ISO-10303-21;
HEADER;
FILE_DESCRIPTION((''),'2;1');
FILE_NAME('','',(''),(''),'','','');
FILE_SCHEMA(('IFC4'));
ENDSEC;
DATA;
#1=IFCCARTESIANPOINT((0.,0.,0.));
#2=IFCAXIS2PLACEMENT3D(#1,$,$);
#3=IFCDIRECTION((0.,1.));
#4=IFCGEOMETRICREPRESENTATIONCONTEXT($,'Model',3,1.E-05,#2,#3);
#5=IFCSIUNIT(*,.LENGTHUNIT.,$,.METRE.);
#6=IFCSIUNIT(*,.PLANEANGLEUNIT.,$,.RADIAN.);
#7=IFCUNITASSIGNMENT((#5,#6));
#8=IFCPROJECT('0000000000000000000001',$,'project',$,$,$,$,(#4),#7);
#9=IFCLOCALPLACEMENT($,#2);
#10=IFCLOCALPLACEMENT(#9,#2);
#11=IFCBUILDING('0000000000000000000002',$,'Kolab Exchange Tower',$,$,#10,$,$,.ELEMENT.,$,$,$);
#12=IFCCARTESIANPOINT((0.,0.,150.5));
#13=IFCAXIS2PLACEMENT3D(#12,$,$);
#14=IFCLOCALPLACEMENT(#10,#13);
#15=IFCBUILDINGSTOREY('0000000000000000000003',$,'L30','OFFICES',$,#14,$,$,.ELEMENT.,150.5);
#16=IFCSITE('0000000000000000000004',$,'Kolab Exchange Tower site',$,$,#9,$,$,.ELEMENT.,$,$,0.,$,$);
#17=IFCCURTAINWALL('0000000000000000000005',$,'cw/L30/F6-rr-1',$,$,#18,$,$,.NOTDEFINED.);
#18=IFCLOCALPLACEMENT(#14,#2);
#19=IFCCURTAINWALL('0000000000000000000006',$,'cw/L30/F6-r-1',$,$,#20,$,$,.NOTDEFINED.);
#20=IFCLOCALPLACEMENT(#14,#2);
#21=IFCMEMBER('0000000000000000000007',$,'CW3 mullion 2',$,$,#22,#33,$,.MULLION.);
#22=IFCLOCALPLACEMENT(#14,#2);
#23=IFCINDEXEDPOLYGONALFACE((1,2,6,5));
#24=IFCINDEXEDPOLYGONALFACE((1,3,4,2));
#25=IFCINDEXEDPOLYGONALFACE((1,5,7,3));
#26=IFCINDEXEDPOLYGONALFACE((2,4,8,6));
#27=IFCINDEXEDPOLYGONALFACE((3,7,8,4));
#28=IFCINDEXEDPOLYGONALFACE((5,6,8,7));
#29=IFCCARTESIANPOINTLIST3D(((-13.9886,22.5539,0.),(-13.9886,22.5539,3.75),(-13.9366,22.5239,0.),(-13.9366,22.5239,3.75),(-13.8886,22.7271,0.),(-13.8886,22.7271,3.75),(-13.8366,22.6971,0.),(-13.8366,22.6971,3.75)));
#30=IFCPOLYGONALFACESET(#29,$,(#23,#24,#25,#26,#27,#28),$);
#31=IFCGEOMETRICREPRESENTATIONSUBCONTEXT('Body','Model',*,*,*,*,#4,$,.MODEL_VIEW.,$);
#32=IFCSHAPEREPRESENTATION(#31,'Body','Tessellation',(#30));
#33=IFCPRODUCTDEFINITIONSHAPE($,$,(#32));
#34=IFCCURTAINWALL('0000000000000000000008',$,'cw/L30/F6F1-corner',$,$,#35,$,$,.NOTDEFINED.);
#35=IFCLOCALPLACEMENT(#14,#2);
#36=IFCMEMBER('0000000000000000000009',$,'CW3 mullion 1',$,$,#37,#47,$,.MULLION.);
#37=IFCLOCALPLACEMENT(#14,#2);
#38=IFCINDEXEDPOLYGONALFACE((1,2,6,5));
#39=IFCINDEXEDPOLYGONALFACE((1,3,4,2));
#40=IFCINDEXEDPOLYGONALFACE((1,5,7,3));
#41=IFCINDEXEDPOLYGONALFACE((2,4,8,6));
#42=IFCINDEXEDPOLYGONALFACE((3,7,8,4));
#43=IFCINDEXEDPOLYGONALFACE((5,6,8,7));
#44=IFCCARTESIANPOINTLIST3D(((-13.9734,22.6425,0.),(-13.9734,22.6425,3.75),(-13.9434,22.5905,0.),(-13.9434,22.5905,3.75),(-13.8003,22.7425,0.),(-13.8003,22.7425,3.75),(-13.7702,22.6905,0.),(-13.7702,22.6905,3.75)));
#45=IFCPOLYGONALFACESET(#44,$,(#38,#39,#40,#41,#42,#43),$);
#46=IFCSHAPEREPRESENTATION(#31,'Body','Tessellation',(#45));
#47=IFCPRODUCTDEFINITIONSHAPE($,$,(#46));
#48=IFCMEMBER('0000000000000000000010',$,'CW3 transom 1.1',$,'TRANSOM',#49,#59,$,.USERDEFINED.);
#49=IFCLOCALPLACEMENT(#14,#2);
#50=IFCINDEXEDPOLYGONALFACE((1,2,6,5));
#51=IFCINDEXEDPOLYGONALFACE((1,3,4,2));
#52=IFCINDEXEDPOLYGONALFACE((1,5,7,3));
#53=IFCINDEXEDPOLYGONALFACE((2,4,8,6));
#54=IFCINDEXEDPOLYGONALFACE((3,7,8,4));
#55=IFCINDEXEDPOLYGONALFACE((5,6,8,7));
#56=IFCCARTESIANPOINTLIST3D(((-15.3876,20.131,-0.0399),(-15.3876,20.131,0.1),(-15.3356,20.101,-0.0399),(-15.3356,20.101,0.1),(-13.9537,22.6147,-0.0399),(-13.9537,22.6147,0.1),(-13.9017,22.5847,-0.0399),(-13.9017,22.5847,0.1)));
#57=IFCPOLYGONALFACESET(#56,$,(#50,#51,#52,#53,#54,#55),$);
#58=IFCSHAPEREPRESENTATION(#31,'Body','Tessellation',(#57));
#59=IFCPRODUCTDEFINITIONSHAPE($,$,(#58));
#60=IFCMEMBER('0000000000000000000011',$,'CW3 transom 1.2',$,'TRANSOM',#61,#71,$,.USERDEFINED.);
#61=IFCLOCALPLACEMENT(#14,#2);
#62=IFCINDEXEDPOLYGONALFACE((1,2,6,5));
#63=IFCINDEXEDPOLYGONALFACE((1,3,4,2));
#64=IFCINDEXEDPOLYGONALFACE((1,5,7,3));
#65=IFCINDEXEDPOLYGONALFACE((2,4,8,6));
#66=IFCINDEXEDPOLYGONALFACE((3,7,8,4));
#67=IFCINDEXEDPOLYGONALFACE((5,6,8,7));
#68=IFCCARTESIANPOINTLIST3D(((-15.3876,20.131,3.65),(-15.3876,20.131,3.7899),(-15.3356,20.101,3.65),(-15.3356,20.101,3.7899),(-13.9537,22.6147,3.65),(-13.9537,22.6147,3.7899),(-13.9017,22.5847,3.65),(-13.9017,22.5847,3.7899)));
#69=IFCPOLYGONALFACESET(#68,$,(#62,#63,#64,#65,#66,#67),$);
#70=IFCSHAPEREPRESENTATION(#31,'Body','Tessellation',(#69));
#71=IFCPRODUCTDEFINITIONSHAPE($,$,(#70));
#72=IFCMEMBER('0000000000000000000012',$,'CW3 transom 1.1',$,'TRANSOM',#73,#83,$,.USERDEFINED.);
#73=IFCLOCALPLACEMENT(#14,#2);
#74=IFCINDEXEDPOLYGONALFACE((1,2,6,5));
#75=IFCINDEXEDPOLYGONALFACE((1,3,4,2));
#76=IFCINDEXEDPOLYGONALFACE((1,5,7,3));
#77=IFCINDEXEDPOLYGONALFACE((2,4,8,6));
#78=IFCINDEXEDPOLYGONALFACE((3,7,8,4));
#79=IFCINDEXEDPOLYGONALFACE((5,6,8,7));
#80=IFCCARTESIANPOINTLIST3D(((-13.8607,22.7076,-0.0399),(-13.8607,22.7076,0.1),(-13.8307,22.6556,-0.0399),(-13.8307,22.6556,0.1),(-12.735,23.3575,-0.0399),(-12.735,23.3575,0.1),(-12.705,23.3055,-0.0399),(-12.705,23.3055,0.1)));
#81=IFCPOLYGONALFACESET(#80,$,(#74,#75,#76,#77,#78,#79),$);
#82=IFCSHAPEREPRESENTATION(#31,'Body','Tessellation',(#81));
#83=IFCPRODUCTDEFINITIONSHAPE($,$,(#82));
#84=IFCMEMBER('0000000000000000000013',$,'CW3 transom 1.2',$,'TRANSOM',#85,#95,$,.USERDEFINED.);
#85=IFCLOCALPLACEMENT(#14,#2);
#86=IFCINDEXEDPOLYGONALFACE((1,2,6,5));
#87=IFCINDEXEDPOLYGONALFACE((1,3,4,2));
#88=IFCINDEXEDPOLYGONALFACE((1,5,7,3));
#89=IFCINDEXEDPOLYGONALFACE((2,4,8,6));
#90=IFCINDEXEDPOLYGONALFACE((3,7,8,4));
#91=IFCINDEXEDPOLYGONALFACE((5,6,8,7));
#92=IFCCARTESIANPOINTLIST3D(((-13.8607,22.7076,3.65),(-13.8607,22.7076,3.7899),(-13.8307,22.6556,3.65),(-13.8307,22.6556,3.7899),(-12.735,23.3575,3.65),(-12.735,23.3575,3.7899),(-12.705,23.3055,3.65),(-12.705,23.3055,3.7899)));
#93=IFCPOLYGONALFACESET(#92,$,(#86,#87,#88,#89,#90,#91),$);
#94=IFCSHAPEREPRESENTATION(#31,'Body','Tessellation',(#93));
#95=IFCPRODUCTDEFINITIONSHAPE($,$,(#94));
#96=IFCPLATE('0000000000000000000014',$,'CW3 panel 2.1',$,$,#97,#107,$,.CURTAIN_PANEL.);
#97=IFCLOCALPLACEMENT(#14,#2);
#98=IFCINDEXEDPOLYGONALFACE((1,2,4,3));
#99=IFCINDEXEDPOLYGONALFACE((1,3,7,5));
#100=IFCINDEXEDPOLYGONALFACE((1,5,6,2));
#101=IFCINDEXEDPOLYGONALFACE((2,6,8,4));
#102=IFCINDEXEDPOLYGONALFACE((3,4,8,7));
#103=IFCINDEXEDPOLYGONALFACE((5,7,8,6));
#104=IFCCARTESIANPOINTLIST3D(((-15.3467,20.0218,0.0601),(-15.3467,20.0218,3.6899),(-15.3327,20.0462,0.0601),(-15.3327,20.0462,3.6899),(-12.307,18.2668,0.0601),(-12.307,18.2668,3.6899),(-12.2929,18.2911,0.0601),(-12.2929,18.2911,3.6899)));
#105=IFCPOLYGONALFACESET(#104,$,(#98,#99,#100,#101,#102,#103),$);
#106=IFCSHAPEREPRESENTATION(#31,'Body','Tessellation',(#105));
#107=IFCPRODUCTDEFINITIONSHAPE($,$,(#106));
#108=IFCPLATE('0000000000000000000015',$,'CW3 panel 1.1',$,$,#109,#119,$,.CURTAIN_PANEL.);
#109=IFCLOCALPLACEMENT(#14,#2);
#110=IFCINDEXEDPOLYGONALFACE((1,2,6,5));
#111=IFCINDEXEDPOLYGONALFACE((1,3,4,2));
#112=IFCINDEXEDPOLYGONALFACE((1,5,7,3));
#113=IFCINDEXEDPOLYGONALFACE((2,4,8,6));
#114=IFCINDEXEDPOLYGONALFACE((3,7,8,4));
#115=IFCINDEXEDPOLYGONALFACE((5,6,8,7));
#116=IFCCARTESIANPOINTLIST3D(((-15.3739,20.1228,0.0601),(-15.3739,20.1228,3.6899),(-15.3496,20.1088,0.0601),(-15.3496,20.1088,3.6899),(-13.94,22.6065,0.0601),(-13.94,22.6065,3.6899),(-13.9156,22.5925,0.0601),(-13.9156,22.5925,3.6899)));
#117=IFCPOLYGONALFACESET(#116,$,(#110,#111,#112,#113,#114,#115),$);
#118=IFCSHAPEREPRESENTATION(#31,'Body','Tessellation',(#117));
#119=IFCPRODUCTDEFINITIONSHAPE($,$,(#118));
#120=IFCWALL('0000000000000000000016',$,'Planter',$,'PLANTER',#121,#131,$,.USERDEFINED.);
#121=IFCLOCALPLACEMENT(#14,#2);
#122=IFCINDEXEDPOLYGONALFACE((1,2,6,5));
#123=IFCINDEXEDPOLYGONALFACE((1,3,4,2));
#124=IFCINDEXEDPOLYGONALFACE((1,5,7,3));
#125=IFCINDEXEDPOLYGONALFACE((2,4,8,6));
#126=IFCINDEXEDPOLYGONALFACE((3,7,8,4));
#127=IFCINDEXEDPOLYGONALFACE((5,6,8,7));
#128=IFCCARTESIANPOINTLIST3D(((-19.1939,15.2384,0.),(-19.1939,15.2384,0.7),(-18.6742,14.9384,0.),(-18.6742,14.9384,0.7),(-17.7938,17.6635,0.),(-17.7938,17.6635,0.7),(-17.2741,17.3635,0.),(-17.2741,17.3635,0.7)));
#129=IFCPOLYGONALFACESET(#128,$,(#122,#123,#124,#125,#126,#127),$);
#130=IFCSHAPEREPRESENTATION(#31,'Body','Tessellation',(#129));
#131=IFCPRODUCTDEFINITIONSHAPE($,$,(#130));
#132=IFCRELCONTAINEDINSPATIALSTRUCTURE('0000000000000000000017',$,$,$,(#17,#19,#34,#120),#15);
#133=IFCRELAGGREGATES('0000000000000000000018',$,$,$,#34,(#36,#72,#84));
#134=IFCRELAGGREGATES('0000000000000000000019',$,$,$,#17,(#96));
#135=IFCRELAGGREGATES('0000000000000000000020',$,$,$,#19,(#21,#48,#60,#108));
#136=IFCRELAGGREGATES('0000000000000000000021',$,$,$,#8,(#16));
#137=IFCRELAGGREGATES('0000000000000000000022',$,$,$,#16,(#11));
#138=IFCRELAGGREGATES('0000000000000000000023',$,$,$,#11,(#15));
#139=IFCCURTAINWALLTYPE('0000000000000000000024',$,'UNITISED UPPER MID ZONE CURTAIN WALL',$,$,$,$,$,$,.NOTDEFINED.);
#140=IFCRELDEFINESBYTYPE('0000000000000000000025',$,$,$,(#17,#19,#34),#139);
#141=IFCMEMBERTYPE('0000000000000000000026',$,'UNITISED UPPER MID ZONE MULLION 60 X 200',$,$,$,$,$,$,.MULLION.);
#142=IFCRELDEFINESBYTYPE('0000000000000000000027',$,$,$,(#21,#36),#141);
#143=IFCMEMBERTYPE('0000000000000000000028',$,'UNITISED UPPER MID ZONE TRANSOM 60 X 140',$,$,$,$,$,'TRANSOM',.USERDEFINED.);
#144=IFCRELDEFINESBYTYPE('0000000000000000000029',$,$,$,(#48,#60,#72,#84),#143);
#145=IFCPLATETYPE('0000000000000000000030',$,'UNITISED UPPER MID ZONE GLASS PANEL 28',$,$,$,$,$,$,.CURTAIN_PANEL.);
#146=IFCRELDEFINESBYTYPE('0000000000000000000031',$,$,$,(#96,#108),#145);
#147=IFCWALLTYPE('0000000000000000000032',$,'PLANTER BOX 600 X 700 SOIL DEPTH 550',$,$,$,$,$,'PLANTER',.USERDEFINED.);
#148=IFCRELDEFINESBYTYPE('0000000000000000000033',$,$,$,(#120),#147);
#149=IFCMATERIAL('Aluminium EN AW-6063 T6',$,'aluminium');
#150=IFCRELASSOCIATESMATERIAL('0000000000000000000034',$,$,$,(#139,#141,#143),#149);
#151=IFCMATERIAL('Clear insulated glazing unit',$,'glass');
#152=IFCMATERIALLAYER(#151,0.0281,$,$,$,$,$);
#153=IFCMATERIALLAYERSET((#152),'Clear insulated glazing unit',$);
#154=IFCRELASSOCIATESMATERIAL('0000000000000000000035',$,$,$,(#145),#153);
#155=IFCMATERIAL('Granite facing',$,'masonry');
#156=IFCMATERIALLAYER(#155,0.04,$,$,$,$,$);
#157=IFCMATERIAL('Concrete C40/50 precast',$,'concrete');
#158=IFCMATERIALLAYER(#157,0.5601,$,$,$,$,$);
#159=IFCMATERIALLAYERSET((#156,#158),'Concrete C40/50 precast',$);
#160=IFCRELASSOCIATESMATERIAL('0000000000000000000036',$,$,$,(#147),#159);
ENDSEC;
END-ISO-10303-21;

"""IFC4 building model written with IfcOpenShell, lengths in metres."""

from ifc_helpers import new_model, si_unit, direction, frame, frame_2d, origin, origin_2d, place, context, subcontext, project, spatial, rectangle, extrude, material, layer, layer_set, material_profile, profile_set, type_object, element, aggregate, save


model = new_model("IFC4")

# Units and contexts
model_context = context("Model", 3, precision=1e-05, world=origin(), true_north=direction((0.0, 1.0)))
body_context = subcontext(model_context, "Body", "Model", "MODEL_VIEW")
ifc_project = project(units=[si_unit("LENGTHUNIT", "METRE"), si_unit("PLANEANGLEUNIT", "RADIAN")], contexts=[model_context])

# Site, building, storey
site_placement = place(None, origin())
site = spatial("IfcSite", under=ifc_project, at=site_placement, Name="Kolab Exchange Tower site", CompositionType="ELEMENT", RefElevation=0.0)
building_placement = place(site_placement, origin())
building = spatial("IfcBuilding", under=site, at=building_placement, Name="Kolab Exchange Tower", CompositionType="ELEMENT")
storey_placement = place(building_placement, frame((0.0, 0.0, 150.5)))
storey = spatial("IfcBuildingStorey", under=building, at=storey_placement, Name="L30", Description="OFFICES", CompositionType="ELEMENT", Elevation=150.5)

# Curtain wall
ifc_material_1 = material(Name="Aluminium EN AW-6063 T6", Category="aluminium")
curtain_wall_type = type_object("IfcCurtainWallType", Name="UNITISED UPPER MID ZONE CURTAIN WALL", PredefinedType="NOTDEFINED", material=ifc_material_1)
curtain_wall_1_placement = place(storey_placement, origin())
curtain_wall_1 = element("IfcCurtainWall", 1, at=curtain_wall_1_placement, inside=storey, type_object=curtain_wall_type, Name="cw/L30/F6-rr-1", PredefinedType="NOTDEFINED")
ifc_material_profile_1 = material_profile(ifc_material_1, rectangle(XDim=0.0601, YDim=0.2, at=origin_2d()), Name="RECT 60X200")
ifc_profile_set_1 = profile_set([ifc_material_profile_1], Name="Aluminium EN AW-6063 T6")
member_type_1 = type_object("IfcMemberType", Name="UNITISED UPPER MID ZONE MULLION 60 X 200", PredefinedType="MULLION", material=ifc_profile_set_1)

# Curtain wall, member
curtain_wall_2_placement = place(storey_placement, origin())
curtain_wall_2 = element("IfcCurtainWall", 2, at=curtain_wall_2_placement, inside=storey, type_object=curtain_wall_type, Name="cw/L30/F6-r-1", PredefinedType="NOTDEFINED")
member_1_placement = place(storey_placement, frame((-13.9126, 22.6255, 0.0), z_axis=(0.0, 0.0, 1.0), x_axis=(-0.866025, 0.5, 0.0)))
member_1 = element("IfcMember", 3, at=member_1_placement, type_object=member_type_1, Name="CW3 mullion 2", PredefinedType="MULLION", context=body_context, shape_type="SweptSolid", body=[
    extrude(rectangle(XDim=0.0601, YDim=0.2, at=origin_2d()), origin(), (0.0, 0.0, 1.0), 3.75),
])

# Curtain wall, member
curtain_wall_3_placement = place(storey_placement, origin())
curtain_wall_3 = element("IfcCurtainWall", 4, at=curtain_wall_3_placement, inside=storey, type_object=curtain_wall_type, Name="cw/L30/F6F1-corner", PredefinedType="NOTDEFINED")
member_2_placement = place(storey_placement, frame((-13.8718, 22.6665, 0.0), z_axis=(0.0, 0.0, 1.0), x_axis=(-0.5, 0.866025, 0.0)))
member_2 = element("IfcMember", 5, at=member_2_placement, type_object=member_type_1, Name="CW3 mullion 1", PredefinedType="MULLION", context=body_context, shape_type="SweptSolid", body=[
    extrude(rectangle(XDim=0.0601, YDim=0.2, at=origin_2d()), origin(), (0.0, 0.0, 1.0), 3.75),
])

# Members
ifc_material_profile_2 = material_profile(ifc_material_1, rectangle(XDim=0.0601, YDim=0.1399, at=origin_2d()), Name="RECT 60X140")
ifc_profile_set_2 = profile_set([ifc_material_profile_2], Name="Aluminium EN AW-6063 T6")
member_type_2 = type_object("IfcMemberType", Name="UNITISED UPPER MID ZONE TRANSOM 60 X 140", ElementType="TRANSOM", PredefinedType="USERDEFINED", material=ifc_profile_set_2)
member_3_placement = place(storey_placement, frame((-15.3616, 20.116, 0.03), z_axis=(0.499975, 0.86604, 0.0), x_axis=(-0.86604, 0.499975, 0.0)))
member_3 = element("IfcMember", 6, at=member_3_placement, type_object=member_type_2, Name="CW3 transom 1.1", ObjectType="TRANSOM", PredefinedType="USERDEFINED", context=body_context, shape_type="SweptSolid", body=[
    extrude(rectangle(XDim=0.0601, YDim=0.1399, at=origin_2d()), origin(), (0.0, 0.0, 1.0), 2.8679),
])
member_4_placement = place(storey_placement, frame((-15.3616, 20.116, 3.72), z_axis=(0.499975, 0.86604, 0.0), x_axis=(-0.86604, 0.499975, 0.0)))
member_4 = element("IfcMember", 7, at=member_4_placement, type_object=member_type_2, Name="CW3 transom 1.2", ObjectType="TRANSOM", PredefinedType="USERDEFINED", context=body_context, shape_type="SweptSolid", body=[
    extrude(rectangle(XDim=0.0601, YDim=0.1399, at=origin_2d()), origin(), (0.0, 0.0, 1.0), 2.8679),
])
member_5_placement = place(storey_placement, frame((-13.8457, 22.6816, 0.03), z_axis=(0.866039, 0.499977, 0.0), x_axis=(-0.499977, 0.866039, 0.0)))
member_5 = element("IfcMember", 8, at=member_5_placement, type_object=member_type_2, Name="CW3 transom 1.1", ObjectType="TRANSOM", PredefinedType="USERDEFINED", context=body_context, shape_type="SweptSolid", body=[
    extrude(rectangle(XDim=0.0601, YDim=0.1399, at=origin_2d()), origin(), (0.0, 0.0, 1.0), 1.2998),
])
member_6_placement = place(storey_placement, frame((-13.8457, 22.6816, 3.72), z_axis=(0.866039, 0.499977, 0.0), x_axis=(-0.499977, 0.866039, 0.0)))
member_6 = element("IfcMember", 9, at=member_6_placement, type_object=member_type_2, Name="CW3 transom 1.2", ObjectType="TRANSOM", PredefinedType="USERDEFINED", context=body_context, shape_type="SweptSolid", body=[
    extrude(rectangle(XDim=0.0601, YDim=0.1399, at=origin_2d()), origin(), (0.0, 0.0, 1.0), 1.2998),
])
aggregate(curtain_wall_3, [member_2, member_5, member_6])

# Plates
ifc_material_2 = material(Name="Clear insulated glazing unit", Category="glass")
ifc_layer_1 = layer(ifc_material_2, 0.0281)
ifc_layer_set_1 = layer_set([ifc_layer_1], Name="Clear insulated glazing unit")
plate_type = type_object("IfcPlateType", Name="UNITISED UPPER MID ZONE GLASS PANEL 28", PredefinedType="CURTAIN_PANEL", material=ifc_layer_set_1)
plate_1_placement = place(storey_placement, frame((-13.8198, 19.1565, 0.0601), z_axis=(0.0, 0.0, 1.0), x_axis=(-0.866025, 0.5, 0.0)))
plate_1 = element("IfcPlate", 10, at=plate_1_placement, type_object=plate_type, Name="CW3 panel 2.1", PredefinedType="CURTAIN_PANEL", context=body_context, shape_type="SweptSolid", body=[
    extrude(rectangle(XDim=3.51, YDim=0.0281, at=origin_2d()), origin(), (0.0, 0.0, 1.0), 3.6299),
])
aggregate(curtain_wall_1, [plate_1])
plate_2_placement = place(storey_placement, frame((-14.6448, 21.3577, 0.0601), z_axis=(0.0, 0.0, 1.0), x_axis=(0.5, 0.866025, 0.0)))
plate_2 = element("IfcPlate", 11, at=plate_2_placement, type_object=plate_type, Name="CW3 panel 1.1", PredefinedType="CURTAIN_PANEL", context=body_context, shape_type="SweptSolid", body=[
    extrude(rectangle(XDim=2.8679, YDim=0.0281, at=origin_2d()), origin(), (0.0, 0.0, 1.0), 3.6299),
])
aggregate(curtain_wall_2, [member_1, member_3, member_4, plate_2])

# Wall
ifc_material_3 = material(Name="Granite facing", Category="masonry")
ifc_layer_2 = layer(ifc_material_3, 0.04)
ifc_material_4 = material(Name="Concrete C40/50 precast", Category="concrete")
ifc_layer_3 = layer(ifc_material_4, 0.5601)
ifc_layer_set_2 = layer_set([ifc_layer_2, ifc_layer_3], Name="Concrete C40/50 precast")
wall_type = type_object("IfcWallType", Name="PLANTER BOX 600 X 700 SOIL DEPTH 550", ElementType="PLANTER", PredefinedType="USERDEFINED", material=ifc_layer_set_2)
wall_placement = place(storey_placement, frame((-18.9341, 15.0884, 0.0), z_axis=(0.0, 0.0, 1.0), x_axis=(0.500012, 0.866019, 0.0)))
element("IfcWall", 12, at=wall_placement, inside=storey, type_object=wall_type, Name="Planter", ObjectType="PLANTER", PredefinedType="USERDEFINED", context=body_context, shape_type="SweptSolid", body=[
    extrude(rectangle(XDim=2.8003, YDim=0.6001, at=frame_2d((1.4001, 0.0))), origin(), (0.0, 0.0, 1.0), 0.7),
])

save(model, "model.ifc")
